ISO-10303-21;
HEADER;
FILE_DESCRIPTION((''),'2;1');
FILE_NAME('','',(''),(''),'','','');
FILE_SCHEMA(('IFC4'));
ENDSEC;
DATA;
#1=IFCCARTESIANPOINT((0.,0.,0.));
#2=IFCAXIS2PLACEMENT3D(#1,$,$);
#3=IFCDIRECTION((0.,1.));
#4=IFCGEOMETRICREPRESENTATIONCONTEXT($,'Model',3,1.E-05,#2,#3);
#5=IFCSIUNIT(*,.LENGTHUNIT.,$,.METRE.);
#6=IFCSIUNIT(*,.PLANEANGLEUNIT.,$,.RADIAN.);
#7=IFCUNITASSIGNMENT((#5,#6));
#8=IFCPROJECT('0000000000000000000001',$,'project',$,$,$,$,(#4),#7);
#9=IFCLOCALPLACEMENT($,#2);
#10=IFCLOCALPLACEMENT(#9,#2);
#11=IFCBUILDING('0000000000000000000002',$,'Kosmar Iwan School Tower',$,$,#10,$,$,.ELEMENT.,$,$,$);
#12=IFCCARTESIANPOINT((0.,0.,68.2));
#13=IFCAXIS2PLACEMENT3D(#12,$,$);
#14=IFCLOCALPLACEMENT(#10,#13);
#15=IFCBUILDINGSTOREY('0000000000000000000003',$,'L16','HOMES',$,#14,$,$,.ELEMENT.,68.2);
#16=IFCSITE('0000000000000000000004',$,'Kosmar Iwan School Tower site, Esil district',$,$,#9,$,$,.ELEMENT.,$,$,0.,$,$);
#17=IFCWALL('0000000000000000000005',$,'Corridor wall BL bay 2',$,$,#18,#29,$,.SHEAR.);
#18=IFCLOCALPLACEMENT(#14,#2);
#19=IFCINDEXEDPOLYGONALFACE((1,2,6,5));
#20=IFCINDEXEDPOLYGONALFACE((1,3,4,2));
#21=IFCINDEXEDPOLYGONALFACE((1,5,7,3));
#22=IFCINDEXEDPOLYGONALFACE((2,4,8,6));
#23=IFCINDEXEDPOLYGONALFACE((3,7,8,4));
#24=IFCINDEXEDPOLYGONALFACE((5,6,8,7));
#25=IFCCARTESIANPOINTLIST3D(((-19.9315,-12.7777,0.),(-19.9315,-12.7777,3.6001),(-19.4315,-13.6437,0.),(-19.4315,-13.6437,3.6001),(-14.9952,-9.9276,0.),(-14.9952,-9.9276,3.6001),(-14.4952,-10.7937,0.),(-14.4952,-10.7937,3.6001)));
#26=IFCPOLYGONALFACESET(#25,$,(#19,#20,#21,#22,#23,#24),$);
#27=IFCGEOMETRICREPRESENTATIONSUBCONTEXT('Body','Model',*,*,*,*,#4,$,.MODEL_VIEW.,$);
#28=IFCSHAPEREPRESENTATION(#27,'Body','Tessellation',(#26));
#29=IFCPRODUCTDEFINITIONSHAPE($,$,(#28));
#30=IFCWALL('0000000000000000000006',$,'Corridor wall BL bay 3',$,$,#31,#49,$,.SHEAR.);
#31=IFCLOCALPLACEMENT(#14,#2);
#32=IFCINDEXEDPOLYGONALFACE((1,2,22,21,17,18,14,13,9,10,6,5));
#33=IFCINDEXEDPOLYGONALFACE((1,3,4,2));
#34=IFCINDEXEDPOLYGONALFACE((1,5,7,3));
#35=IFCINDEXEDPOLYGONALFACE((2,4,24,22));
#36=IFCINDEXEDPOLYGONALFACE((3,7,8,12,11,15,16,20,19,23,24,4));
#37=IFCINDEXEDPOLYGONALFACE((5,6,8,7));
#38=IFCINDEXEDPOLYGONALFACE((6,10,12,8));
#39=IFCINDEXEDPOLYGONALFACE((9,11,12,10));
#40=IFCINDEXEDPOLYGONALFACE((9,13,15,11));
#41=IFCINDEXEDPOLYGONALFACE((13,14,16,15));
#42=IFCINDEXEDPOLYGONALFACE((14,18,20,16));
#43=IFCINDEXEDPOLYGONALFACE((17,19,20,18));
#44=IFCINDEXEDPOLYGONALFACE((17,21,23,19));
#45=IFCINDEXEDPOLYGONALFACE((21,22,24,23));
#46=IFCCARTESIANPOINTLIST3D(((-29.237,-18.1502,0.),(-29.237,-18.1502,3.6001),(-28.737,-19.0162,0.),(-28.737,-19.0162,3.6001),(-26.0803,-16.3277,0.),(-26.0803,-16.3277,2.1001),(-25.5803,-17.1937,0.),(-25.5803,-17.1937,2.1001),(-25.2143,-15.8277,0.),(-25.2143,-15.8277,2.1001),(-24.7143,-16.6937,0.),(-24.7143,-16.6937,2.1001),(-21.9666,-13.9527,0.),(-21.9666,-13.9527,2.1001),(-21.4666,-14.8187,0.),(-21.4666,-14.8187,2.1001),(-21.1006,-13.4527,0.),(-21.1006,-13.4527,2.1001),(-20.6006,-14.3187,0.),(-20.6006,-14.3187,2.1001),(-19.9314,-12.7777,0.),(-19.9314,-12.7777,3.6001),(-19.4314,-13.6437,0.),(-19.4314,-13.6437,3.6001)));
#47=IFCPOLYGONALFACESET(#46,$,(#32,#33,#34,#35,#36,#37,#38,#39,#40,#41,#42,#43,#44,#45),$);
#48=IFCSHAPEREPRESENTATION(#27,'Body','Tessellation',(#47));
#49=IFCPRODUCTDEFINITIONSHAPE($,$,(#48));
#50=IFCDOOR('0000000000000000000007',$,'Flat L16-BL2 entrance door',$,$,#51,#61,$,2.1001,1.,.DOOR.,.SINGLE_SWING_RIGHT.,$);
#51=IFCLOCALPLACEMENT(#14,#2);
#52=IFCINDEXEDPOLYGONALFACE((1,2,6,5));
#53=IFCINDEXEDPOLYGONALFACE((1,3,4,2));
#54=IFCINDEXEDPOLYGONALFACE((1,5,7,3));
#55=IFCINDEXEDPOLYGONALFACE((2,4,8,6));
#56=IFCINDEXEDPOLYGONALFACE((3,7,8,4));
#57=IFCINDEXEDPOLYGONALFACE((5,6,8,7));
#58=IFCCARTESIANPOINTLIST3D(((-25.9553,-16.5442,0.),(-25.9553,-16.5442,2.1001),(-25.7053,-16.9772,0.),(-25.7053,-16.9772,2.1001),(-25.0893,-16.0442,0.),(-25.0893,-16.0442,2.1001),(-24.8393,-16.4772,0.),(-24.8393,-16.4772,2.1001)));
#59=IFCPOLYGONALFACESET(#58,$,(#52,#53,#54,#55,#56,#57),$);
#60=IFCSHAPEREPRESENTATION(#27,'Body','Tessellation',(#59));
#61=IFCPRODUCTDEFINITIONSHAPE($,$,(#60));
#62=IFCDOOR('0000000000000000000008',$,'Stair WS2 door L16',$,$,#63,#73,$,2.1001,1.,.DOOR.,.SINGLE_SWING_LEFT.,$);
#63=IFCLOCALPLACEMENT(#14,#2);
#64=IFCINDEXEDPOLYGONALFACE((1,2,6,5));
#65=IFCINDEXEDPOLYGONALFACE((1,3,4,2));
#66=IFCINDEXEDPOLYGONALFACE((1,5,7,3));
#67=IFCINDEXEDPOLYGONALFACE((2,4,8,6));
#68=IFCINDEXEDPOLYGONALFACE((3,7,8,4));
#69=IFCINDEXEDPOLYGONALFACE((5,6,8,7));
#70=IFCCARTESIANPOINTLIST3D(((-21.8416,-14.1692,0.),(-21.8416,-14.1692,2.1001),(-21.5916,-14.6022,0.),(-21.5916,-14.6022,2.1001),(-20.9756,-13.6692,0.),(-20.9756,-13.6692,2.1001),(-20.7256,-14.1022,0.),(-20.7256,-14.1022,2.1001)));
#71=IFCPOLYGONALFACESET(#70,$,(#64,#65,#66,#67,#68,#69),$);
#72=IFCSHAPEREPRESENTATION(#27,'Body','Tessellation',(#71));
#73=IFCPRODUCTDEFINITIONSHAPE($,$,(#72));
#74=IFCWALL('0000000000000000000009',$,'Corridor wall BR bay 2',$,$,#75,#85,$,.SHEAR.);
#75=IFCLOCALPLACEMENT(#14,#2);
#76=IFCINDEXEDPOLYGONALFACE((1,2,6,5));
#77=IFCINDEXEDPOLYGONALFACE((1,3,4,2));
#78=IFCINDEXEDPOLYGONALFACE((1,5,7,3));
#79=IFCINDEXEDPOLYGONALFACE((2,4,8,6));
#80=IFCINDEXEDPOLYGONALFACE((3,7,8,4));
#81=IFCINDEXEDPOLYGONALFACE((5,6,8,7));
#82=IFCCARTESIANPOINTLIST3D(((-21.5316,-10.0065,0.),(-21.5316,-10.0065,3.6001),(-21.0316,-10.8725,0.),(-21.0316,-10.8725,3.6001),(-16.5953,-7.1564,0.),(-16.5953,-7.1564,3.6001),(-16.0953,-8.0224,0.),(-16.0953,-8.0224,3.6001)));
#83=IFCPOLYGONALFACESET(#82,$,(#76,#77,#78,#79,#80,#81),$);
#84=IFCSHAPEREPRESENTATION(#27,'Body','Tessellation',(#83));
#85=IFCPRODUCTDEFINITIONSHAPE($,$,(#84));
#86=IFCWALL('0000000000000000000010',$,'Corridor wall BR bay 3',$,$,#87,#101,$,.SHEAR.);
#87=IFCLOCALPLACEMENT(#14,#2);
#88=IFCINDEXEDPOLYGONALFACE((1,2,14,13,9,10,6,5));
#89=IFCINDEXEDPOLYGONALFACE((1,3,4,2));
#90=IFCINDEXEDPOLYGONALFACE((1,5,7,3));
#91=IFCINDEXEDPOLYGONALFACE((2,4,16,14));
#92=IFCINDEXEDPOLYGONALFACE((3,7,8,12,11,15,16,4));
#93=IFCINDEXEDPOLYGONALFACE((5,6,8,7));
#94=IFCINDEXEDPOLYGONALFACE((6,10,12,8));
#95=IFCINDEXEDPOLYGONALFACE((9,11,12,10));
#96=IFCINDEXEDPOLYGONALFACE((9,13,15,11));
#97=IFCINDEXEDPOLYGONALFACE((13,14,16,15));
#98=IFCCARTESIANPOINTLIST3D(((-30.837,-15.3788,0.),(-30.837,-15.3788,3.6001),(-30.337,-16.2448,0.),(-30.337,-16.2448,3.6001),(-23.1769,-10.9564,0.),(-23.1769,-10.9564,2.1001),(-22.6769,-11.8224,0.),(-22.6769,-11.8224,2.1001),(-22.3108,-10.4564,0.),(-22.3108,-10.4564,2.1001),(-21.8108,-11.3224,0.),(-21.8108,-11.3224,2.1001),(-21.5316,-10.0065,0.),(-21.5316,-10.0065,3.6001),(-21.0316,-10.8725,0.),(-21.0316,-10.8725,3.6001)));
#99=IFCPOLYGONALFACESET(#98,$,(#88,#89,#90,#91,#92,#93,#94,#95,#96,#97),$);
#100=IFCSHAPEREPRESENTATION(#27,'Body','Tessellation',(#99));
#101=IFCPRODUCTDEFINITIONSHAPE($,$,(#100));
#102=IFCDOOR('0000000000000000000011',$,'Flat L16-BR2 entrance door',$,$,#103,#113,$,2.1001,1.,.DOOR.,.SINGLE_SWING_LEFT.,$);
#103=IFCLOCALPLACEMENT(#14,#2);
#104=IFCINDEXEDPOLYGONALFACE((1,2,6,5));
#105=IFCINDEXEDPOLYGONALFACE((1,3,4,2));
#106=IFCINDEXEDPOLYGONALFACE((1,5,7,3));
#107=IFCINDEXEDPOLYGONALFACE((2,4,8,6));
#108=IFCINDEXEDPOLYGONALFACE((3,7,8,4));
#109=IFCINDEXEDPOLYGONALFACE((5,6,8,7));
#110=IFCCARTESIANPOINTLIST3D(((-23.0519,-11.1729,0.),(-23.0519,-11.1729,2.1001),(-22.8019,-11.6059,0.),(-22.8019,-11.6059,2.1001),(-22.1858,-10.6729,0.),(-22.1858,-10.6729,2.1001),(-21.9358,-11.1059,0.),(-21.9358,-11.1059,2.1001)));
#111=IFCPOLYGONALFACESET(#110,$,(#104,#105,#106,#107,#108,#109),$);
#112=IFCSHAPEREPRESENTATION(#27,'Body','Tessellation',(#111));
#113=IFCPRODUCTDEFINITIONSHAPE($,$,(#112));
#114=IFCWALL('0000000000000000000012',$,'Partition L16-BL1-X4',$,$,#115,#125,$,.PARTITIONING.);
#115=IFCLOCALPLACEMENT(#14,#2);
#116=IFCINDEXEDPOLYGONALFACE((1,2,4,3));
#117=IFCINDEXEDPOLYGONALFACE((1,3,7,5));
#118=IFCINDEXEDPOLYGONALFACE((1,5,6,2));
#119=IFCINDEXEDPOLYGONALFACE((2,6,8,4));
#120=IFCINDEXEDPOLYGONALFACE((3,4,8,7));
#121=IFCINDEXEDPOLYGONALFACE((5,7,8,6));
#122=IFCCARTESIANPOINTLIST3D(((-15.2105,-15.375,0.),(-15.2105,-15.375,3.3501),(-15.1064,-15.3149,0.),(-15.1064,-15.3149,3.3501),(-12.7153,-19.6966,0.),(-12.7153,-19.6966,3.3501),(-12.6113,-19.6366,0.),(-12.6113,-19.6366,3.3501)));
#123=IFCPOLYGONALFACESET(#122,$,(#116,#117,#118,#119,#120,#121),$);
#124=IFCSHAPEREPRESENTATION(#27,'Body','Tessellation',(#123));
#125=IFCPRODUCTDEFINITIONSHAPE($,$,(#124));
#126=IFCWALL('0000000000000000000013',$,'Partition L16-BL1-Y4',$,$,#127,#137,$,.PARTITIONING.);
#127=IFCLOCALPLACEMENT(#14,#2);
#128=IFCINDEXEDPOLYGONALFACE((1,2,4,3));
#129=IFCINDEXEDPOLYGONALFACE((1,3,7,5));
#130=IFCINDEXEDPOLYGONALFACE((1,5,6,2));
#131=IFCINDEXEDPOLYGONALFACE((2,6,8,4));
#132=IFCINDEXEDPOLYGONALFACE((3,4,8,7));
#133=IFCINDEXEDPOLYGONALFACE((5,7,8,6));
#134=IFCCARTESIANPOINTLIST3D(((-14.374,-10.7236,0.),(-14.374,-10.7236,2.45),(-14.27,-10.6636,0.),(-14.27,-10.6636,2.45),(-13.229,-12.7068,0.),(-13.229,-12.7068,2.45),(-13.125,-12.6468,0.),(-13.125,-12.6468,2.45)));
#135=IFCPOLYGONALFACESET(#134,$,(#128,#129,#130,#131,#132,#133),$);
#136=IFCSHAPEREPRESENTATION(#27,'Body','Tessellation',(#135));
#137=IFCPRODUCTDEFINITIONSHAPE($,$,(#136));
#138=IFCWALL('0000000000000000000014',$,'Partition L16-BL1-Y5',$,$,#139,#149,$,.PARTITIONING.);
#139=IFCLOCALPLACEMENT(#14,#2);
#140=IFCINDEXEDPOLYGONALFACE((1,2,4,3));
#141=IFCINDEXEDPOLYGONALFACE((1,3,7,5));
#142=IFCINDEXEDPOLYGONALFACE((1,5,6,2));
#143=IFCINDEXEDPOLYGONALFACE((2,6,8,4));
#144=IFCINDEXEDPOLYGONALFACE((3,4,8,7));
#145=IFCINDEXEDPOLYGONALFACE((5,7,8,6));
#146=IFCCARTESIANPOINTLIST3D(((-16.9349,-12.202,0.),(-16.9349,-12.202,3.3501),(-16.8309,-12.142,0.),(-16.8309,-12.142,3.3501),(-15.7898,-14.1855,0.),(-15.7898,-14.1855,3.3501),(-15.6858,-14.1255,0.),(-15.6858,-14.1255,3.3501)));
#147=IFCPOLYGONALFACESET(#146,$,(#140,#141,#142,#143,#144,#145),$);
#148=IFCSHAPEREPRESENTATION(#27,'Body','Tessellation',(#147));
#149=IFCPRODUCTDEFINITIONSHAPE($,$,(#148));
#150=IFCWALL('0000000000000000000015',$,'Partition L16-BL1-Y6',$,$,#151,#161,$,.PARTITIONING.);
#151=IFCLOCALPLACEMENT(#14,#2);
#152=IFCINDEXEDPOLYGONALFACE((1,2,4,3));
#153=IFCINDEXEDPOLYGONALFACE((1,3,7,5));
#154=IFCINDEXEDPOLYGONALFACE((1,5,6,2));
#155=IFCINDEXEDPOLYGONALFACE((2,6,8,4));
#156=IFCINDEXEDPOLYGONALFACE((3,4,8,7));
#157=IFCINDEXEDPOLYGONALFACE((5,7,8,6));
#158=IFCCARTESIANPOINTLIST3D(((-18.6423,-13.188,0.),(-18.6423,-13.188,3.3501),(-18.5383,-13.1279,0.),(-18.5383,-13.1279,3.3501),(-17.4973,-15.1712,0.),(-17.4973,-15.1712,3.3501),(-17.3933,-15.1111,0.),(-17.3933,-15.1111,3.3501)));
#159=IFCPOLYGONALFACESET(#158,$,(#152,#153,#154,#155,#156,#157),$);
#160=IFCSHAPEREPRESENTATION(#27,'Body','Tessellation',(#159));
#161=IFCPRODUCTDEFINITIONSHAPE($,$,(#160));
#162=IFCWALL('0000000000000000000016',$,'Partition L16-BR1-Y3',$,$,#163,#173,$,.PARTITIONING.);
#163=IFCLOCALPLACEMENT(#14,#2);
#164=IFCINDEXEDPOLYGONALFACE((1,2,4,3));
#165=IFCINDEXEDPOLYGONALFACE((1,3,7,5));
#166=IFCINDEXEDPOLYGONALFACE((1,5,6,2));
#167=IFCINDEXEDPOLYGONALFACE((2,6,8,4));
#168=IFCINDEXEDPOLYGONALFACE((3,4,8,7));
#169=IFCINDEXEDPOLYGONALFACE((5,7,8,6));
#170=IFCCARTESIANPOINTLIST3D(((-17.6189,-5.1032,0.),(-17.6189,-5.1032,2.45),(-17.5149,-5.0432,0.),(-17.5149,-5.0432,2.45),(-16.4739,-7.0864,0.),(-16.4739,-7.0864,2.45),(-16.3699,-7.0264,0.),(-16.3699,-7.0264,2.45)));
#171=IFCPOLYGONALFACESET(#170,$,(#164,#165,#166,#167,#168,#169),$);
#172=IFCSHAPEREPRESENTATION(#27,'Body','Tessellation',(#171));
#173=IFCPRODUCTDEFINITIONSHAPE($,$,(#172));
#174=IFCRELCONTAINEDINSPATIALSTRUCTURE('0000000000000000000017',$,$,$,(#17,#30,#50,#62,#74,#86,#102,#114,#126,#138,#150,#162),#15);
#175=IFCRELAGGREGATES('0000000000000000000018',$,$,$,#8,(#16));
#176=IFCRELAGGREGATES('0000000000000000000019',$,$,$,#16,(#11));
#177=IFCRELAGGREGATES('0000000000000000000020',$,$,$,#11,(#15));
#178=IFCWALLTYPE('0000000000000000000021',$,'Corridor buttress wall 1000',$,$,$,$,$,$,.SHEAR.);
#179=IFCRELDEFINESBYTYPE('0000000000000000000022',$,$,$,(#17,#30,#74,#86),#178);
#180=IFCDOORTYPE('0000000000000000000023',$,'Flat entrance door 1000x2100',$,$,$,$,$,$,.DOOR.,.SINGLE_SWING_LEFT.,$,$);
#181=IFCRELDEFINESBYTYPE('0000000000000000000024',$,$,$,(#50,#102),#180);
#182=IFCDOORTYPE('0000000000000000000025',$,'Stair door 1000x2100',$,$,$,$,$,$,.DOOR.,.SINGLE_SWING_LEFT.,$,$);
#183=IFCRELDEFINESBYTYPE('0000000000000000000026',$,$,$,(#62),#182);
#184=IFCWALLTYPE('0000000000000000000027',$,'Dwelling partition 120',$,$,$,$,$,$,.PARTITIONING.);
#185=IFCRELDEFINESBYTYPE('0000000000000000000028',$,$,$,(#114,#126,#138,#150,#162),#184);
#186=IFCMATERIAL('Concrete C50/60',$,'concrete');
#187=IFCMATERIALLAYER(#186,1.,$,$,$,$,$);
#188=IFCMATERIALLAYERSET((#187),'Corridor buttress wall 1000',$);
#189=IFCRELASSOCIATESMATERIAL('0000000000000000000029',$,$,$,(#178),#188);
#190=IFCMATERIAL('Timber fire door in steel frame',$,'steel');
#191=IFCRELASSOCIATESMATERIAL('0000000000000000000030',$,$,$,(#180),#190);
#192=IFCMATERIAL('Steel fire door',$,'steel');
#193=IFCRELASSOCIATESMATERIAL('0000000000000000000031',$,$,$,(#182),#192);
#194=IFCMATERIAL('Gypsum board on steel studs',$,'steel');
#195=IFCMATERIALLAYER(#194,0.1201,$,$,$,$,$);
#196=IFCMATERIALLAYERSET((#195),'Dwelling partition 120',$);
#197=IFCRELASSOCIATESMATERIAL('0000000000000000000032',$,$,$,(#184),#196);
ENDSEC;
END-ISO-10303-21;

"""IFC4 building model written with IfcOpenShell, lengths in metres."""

from ifc_helpers import new_model, si_unit, direction, frame, frame_2d, origin, place, context, subcontext, project, spatial, rectangle, extrude, material, layer, layer_set, type_object, element, fill, save


model = new_model("IFC4")

# Units and contexts
model_context = context("Model", 3, precision=1e-05, world=origin(), true_north=direction((0.0, 1.0)))
body_context = subcontext(model_context, "Body", "Model", "MODEL_VIEW")
ifc_project = project(units=[si_unit("LENGTHUNIT", "METRE"), si_unit("PLANEANGLEUNIT", "RADIAN")], contexts=[model_context])

# Site, building, storey
site_placement = place(None, origin())
site = spatial("IfcSite", under=ifc_project, at=site_placement, Name="Kosmar Iwan School Tower site, Esil district", CompositionType="ELEMENT", RefElevation=0.0)
building_placement = place(site_placement, origin())
building = spatial("IfcBuilding", under=site, at=building_placement, Name="Kosmar Iwan School Tower", CompositionType="ELEMENT")
storey_placement = place(building_placement, frame((0.0, 0.0, 68.2)))
storey = spatial("IfcBuildingStorey", under=building, at=storey_placement, Name="L16", Description="HOMES", CompositionType="ELEMENT", Elevation=68.2)

# Wall
ifc_material_1 = material(Name="Concrete C50/60", Category="concrete")
ifc_layer_1 = layer(ifc_material_1, 1.0)
ifc_layer_set_1 = layer_set([ifc_layer_1], Name="Corridor buttress wall 1000")
wall_type_1 = type_object("IfcWallType", Name="Corridor buttress wall 1000", PredefinedType="SHEAR", material=ifc_layer_set_1)
wall_1_placement = place(storey_placement, frame((-14.7451, -10.3606, 0.0), z_axis=(0.0, 0.0, 1.0), x_axis=(-0.866015, -0.500018, 0.0)))
element("IfcWall", 1, at=wall_1_placement, inside=storey, type_object=wall_type_1, Name="Corridor wall BL bay 2", PredefinedType="SHEAR", context=body_context, shape_type="SweptSolid", body=[
    extrude(rectangle(XDim=5.7, YDim=1.0, at=frame_2d((2.8501, 0.0))), origin(), (0.0, 0.0, 1.0), 3.6001),
])

# Wall, openings, doors
wall_2_placement = place(storey_placement, frame((-19.6814, -13.2107, 0.0), z_axis=(0.0, 0.0, 1.0), x_axis=(-0.866028, -0.499995, 0.0)))
wall_2 = element("IfcWall", 2, at=wall_2_placement, inside=storey, type_object=wall_type_1, Name="Corridor wall BL bay 3", PredefinedType="SHEAR", context=body_context, shape_type="SweptSolid", body=[
    extrude(rectangle(XDim=10.7451, YDim=1.0, at=frame_2d((5.3726, 0.0))), origin(), (0.0, 0.0, 1.0), 3.6001),
])
opening_1_placement = place(wall_2_placement, frame((6.1001, 0.0, 0.0)))
opening_1 = element("IfcOpeningElement", 3, at=opening_1_placement, cuts=wall_2, PredefinedType="OPENING", context=body_context, shape_type="SweptSolid", body=[
    extrude(rectangle(XDim=1.0, YDim=2.1001, at=frame_2d((0.5, 1.05))), frame((0.0, 0.512, 0.0), z_axis=(0.0, -1.0, 0.0), x_axis=(1.0, 0.0, 0.0)), (0.0, 0.0, 1.0), 1.0239),
])
opening_2_placement = place(wall_2_placement, frame((1.3501, 0.0, 0.0)))
opening_2 = element("IfcOpeningElement", 4, at=opening_2_placement, cuts=wall_2, PredefinedType="OPENING", context=body_context, shape_type="SweptSolid", body=[
    extrude(rectangle(XDim=1.0, YDim=2.1001, at=frame_2d((0.5, 1.05))), frame((0.0, 0.512, 0.0), z_axis=(0.0, -1.0, 0.0), x_axis=(1.0, 0.0, 0.0)), (0.0, 0.0, 1.0), 1.0239),
])
ifc_material_2 = material(Name="Timber fire door in steel frame", Category="steel")
door_type_1 = type_object("IfcDoorType", Name="Flat entrance door 1000x2100", OperationType="SINGLE_SWING_LEFT", PredefinedType="DOOR", material=ifc_material_2)
door_1_placement = place(opening_1_placement, origin())
door_1 = element("IfcDoor", 5, at=door_1_placement, inside=storey, type_object=door_type_1, Name="Flat L16-BL2 entrance door", OperationType="SINGLE_SWING_RIGHT", OverallHeight=2.1001, OverallWidth=1.0, PredefinedType="DOOR", context=body_context, shape_type="SweptSolid", body=[
    extrude(rectangle(XDim=1.0, YDim=2.1001, at=frame_2d((0.5, 1.05))), frame((0.0, 0.25, 0.0), z_axis=(0.0, -1.0, 0.0), x_axis=(1.0, 0.0, 0.0)), (0.0, 0.0, 1.0), 0.5),
])
fill(opening_1, door_1)
ifc_material_3 = material(Name="Steel fire door", Category="steel")
door_type_2 = type_object("IfcDoorType", Name="Stair door 1000x2100", OperationType="SINGLE_SWING_LEFT", PredefinedType="DOOR", material=ifc_material_3)
door_2_placement = place(opening_2_placement, origin())
door_2 = element("IfcDoor", 6, at=door_2_placement, inside=storey, type_object=door_type_2, Name="Stair WS2 door L16", OperationType="SINGLE_SWING_LEFT", OverallHeight=2.1001, OverallWidth=1.0, PredefinedType="DOOR", context=body_context, shape_type="SweptSolid", body=[
    extrude(rectangle(XDim=1.0, YDim=2.1001, at=frame_2d((0.5, 1.05))), frame((0.0, 0.25, 0.0), z_axis=(0.0, -1.0, 0.0), x_axis=(1.0, 0.0, 0.0)), (0.0, 0.0, 1.0), 0.5),
])
fill(opening_2, door_2)

# Wall
wall_3_placement = place(storey_placement, frame((-16.3452, -7.5894, 0.0), z_axis=(0.0, 0.0, 1.0), x_axis=(-0.866015, -0.500018, 0.0)))
element("IfcWall", 7, at=wall_3_placement, inside=storey, type_object=wall_type_1, Name="Corridor wall BR bay 2", PredefinedType="SHEAR", context=body_context, shape_type="SweptSolid", body=[
    extrude(rectangle(XDim=5.7, YDim=1.0, at=frame_2d((2.8501, 0.0))), origin(), (0.0, 0.0, 1.0), 3.6001),
])

# Wall, opening, door
wall_4_placement = place(storey_placement, frame((-21.2815, -10.4395, 0.0), z_axis=(0.0, 0.0, 1.0), x_axis=(-0.866032, -0.499988, 0.0)))
wall_4 = element("IfcWall", 8, at=wall_4_placement, inside=storey, type_object=wall_type_1, Name="Corridor wall BR bay 3", PredefinedType="SHEAR", context=body_context, shape_type="SweptSolid", body=[
    extrude(rectangle(XDim=10.7449, YDim=1.0, at=frame_2d((5.3726, 0.0))), origin(), (0.0, 0.0, 1.0), 3.6001),
])
opening_3_placement = place(wall_4_placement, frame((0.8999, 0.0, 0.0)))
opening_3 = element("IfcOpeningElement", 9, at=opening_3_placement, cuts=wall_4, PredefinedType="OPENING", context=body_context, shape_type="SweptSolid", body=[
    extrude(rectangle(XDim=1.0, YDim=2.1001, at=frame_2d((0.5, 1.05))), frame((0.0, 0.512, 0.0), z_axis=(0.0, -1.0, 0.0), x_axis=(1.0, 0.0, 0.0)), (0.0, 0.0, 1.0), 1.0239),
])
door_3_placement = place(opening_3_placement, origin())
door_3 = element("IfcDoor", 10, at=door_3_placement, inside=storey, type_object=door_type_1, Name="Flat L16-BR2 entrance door", OperationType="SINGLE_SWING_LEFT", OverallHeight=2.1001, OverallWidth=1.0, PredefinedType="DOOR", context=body_context, shape_type="SweptSolid", body=[
    extrude(rectangle(XDim=1.0, YDim=2.1001, at=frame_2d((0.5, 1.05))), frame((0.0, 0.25, 0.0), z_axis=(0.0, -1.0, 0.0), x_axis=(1.0, 0.0, 0.0)), (0.0, 0.0, 1.0), 0.5),
])
fill(opening_3, door_3)

# Walls
ifc_material_4 = material(Name="Gypsum board on steel studs", Category="steel")
ifc_layer_2 = layer(ifc_material_4, 0.1201)
ifc_layer_set_2 = layer_set([ifc_layer_2], Name="Dwelling partition 120")
wall_type_2 = type_object("IfcWallType", Name="Dwelling partition 120", PredefinedType="PARTITIONING", material=ifc_layer_set_2)
wall_5_placement = place(storey_placement, frame((-15.1584, -15.345, 0.0), z_axis=(0.0, 0.0, 1.0), x_axis=(0.500012, -0.866019, 0.0)))
element("IfcWall", 11, at=wall_5_placement, inside=storey, type_object=wall_type_2, Name="Partition L16-BL1-X4", PredefinedType="PARTITIONING", context=body_context, shape_type="SweptSolid", body=[
    extrude(rectangle(XDim=4.9902, YDim=0.1201, at=frame_2d((2.4951, 0.0))), origin(), (0.0, 0.0, 1.0), 3.3501),
])
wall_6_placement = place(storey_placement, frame((-14.322, -10.6936, 0.0), z_axis=(0.0, 0.0, 1.0), x_axis=(0.500015, -0.866017, 0.0)))
element("IfcWall", 12, at=wall_6_placement, inside=storey, type_object=wall_type_2, Name="Partition L16-BL1-Y4", PredefinedType="PARTITIONING", context=body_context, shape_type="SweptSolid", body=[
    extrude(rectangle(XDim=2.29, YDim=0.1201, at=frame_2d((1.145, 0.0))), origin(), (0.0, 0.0, 1.0), 2.45),
])
wall_7_placement = place(storey_placement, frame((-16.8828, -12.1721, 0.0), z_axis=(0.0, 0.0, 1.0), x_axis=(0.499969, -0.866044, 0.0)))
element("IfcWall", 13, at=wall_7_placement, inside=storey, type_object=wall_type_2, Name="Partition L16-BL1-Y5", PredefinedType="PARTITIONING", context=body_context, shape_type="SweptSolid", body=[
    extrude(rectangle(XDim=2.2903, YDim=0.1201, at=frame_2d((1.145, 0.0))), origin(), (0.0, 0.0, 1.0), 3.3501),
])
wall_8_placement = place(storey_placement, frame((-18.5903, -13.158, 0.0), z_axis=(0.0, 0.0, 1.0), x_axis=(0.500015, -0.866017, 0.0)))
element("IfcWall", 14, at=wall_8_placement, inside=storey, type_object=wall_type_2, Name="Partition L16-BL1-Y6", PredefinedType="PARTITIONING", context=body_context, shape_type="SweptSolid", body=[
    extrude(rectangle(XDim=2.29, YDim=0.1201, at=frame_2d((1.145, 0.0))), origin(), (0.0, 0.0, 1.0), 3.3501),
])
wall_9_placement = place(storey_placement, frame((-16.4219, -7.0564, 0.0), z_axis=(0.0, 0.0, 1.0), x_axis=(-0.500015, 0.866017, 0.0)))
element("IfcWall", 15, at=wall_9_placement, inside=storey, type_object=wall_type_2, Name="Partition L16-BR1-Y3", PredefinedType="PARTITIONING", context=body_context, shape_type="SweptSolid", body=[
    extrude(rectangle(XDim=2.29, YDim=0.1201, at=frame_2d((1.145, 0.0))), origin(), (0.0, 0.0, 1.0), 2.45),
])

save(model, "model.ifc")
